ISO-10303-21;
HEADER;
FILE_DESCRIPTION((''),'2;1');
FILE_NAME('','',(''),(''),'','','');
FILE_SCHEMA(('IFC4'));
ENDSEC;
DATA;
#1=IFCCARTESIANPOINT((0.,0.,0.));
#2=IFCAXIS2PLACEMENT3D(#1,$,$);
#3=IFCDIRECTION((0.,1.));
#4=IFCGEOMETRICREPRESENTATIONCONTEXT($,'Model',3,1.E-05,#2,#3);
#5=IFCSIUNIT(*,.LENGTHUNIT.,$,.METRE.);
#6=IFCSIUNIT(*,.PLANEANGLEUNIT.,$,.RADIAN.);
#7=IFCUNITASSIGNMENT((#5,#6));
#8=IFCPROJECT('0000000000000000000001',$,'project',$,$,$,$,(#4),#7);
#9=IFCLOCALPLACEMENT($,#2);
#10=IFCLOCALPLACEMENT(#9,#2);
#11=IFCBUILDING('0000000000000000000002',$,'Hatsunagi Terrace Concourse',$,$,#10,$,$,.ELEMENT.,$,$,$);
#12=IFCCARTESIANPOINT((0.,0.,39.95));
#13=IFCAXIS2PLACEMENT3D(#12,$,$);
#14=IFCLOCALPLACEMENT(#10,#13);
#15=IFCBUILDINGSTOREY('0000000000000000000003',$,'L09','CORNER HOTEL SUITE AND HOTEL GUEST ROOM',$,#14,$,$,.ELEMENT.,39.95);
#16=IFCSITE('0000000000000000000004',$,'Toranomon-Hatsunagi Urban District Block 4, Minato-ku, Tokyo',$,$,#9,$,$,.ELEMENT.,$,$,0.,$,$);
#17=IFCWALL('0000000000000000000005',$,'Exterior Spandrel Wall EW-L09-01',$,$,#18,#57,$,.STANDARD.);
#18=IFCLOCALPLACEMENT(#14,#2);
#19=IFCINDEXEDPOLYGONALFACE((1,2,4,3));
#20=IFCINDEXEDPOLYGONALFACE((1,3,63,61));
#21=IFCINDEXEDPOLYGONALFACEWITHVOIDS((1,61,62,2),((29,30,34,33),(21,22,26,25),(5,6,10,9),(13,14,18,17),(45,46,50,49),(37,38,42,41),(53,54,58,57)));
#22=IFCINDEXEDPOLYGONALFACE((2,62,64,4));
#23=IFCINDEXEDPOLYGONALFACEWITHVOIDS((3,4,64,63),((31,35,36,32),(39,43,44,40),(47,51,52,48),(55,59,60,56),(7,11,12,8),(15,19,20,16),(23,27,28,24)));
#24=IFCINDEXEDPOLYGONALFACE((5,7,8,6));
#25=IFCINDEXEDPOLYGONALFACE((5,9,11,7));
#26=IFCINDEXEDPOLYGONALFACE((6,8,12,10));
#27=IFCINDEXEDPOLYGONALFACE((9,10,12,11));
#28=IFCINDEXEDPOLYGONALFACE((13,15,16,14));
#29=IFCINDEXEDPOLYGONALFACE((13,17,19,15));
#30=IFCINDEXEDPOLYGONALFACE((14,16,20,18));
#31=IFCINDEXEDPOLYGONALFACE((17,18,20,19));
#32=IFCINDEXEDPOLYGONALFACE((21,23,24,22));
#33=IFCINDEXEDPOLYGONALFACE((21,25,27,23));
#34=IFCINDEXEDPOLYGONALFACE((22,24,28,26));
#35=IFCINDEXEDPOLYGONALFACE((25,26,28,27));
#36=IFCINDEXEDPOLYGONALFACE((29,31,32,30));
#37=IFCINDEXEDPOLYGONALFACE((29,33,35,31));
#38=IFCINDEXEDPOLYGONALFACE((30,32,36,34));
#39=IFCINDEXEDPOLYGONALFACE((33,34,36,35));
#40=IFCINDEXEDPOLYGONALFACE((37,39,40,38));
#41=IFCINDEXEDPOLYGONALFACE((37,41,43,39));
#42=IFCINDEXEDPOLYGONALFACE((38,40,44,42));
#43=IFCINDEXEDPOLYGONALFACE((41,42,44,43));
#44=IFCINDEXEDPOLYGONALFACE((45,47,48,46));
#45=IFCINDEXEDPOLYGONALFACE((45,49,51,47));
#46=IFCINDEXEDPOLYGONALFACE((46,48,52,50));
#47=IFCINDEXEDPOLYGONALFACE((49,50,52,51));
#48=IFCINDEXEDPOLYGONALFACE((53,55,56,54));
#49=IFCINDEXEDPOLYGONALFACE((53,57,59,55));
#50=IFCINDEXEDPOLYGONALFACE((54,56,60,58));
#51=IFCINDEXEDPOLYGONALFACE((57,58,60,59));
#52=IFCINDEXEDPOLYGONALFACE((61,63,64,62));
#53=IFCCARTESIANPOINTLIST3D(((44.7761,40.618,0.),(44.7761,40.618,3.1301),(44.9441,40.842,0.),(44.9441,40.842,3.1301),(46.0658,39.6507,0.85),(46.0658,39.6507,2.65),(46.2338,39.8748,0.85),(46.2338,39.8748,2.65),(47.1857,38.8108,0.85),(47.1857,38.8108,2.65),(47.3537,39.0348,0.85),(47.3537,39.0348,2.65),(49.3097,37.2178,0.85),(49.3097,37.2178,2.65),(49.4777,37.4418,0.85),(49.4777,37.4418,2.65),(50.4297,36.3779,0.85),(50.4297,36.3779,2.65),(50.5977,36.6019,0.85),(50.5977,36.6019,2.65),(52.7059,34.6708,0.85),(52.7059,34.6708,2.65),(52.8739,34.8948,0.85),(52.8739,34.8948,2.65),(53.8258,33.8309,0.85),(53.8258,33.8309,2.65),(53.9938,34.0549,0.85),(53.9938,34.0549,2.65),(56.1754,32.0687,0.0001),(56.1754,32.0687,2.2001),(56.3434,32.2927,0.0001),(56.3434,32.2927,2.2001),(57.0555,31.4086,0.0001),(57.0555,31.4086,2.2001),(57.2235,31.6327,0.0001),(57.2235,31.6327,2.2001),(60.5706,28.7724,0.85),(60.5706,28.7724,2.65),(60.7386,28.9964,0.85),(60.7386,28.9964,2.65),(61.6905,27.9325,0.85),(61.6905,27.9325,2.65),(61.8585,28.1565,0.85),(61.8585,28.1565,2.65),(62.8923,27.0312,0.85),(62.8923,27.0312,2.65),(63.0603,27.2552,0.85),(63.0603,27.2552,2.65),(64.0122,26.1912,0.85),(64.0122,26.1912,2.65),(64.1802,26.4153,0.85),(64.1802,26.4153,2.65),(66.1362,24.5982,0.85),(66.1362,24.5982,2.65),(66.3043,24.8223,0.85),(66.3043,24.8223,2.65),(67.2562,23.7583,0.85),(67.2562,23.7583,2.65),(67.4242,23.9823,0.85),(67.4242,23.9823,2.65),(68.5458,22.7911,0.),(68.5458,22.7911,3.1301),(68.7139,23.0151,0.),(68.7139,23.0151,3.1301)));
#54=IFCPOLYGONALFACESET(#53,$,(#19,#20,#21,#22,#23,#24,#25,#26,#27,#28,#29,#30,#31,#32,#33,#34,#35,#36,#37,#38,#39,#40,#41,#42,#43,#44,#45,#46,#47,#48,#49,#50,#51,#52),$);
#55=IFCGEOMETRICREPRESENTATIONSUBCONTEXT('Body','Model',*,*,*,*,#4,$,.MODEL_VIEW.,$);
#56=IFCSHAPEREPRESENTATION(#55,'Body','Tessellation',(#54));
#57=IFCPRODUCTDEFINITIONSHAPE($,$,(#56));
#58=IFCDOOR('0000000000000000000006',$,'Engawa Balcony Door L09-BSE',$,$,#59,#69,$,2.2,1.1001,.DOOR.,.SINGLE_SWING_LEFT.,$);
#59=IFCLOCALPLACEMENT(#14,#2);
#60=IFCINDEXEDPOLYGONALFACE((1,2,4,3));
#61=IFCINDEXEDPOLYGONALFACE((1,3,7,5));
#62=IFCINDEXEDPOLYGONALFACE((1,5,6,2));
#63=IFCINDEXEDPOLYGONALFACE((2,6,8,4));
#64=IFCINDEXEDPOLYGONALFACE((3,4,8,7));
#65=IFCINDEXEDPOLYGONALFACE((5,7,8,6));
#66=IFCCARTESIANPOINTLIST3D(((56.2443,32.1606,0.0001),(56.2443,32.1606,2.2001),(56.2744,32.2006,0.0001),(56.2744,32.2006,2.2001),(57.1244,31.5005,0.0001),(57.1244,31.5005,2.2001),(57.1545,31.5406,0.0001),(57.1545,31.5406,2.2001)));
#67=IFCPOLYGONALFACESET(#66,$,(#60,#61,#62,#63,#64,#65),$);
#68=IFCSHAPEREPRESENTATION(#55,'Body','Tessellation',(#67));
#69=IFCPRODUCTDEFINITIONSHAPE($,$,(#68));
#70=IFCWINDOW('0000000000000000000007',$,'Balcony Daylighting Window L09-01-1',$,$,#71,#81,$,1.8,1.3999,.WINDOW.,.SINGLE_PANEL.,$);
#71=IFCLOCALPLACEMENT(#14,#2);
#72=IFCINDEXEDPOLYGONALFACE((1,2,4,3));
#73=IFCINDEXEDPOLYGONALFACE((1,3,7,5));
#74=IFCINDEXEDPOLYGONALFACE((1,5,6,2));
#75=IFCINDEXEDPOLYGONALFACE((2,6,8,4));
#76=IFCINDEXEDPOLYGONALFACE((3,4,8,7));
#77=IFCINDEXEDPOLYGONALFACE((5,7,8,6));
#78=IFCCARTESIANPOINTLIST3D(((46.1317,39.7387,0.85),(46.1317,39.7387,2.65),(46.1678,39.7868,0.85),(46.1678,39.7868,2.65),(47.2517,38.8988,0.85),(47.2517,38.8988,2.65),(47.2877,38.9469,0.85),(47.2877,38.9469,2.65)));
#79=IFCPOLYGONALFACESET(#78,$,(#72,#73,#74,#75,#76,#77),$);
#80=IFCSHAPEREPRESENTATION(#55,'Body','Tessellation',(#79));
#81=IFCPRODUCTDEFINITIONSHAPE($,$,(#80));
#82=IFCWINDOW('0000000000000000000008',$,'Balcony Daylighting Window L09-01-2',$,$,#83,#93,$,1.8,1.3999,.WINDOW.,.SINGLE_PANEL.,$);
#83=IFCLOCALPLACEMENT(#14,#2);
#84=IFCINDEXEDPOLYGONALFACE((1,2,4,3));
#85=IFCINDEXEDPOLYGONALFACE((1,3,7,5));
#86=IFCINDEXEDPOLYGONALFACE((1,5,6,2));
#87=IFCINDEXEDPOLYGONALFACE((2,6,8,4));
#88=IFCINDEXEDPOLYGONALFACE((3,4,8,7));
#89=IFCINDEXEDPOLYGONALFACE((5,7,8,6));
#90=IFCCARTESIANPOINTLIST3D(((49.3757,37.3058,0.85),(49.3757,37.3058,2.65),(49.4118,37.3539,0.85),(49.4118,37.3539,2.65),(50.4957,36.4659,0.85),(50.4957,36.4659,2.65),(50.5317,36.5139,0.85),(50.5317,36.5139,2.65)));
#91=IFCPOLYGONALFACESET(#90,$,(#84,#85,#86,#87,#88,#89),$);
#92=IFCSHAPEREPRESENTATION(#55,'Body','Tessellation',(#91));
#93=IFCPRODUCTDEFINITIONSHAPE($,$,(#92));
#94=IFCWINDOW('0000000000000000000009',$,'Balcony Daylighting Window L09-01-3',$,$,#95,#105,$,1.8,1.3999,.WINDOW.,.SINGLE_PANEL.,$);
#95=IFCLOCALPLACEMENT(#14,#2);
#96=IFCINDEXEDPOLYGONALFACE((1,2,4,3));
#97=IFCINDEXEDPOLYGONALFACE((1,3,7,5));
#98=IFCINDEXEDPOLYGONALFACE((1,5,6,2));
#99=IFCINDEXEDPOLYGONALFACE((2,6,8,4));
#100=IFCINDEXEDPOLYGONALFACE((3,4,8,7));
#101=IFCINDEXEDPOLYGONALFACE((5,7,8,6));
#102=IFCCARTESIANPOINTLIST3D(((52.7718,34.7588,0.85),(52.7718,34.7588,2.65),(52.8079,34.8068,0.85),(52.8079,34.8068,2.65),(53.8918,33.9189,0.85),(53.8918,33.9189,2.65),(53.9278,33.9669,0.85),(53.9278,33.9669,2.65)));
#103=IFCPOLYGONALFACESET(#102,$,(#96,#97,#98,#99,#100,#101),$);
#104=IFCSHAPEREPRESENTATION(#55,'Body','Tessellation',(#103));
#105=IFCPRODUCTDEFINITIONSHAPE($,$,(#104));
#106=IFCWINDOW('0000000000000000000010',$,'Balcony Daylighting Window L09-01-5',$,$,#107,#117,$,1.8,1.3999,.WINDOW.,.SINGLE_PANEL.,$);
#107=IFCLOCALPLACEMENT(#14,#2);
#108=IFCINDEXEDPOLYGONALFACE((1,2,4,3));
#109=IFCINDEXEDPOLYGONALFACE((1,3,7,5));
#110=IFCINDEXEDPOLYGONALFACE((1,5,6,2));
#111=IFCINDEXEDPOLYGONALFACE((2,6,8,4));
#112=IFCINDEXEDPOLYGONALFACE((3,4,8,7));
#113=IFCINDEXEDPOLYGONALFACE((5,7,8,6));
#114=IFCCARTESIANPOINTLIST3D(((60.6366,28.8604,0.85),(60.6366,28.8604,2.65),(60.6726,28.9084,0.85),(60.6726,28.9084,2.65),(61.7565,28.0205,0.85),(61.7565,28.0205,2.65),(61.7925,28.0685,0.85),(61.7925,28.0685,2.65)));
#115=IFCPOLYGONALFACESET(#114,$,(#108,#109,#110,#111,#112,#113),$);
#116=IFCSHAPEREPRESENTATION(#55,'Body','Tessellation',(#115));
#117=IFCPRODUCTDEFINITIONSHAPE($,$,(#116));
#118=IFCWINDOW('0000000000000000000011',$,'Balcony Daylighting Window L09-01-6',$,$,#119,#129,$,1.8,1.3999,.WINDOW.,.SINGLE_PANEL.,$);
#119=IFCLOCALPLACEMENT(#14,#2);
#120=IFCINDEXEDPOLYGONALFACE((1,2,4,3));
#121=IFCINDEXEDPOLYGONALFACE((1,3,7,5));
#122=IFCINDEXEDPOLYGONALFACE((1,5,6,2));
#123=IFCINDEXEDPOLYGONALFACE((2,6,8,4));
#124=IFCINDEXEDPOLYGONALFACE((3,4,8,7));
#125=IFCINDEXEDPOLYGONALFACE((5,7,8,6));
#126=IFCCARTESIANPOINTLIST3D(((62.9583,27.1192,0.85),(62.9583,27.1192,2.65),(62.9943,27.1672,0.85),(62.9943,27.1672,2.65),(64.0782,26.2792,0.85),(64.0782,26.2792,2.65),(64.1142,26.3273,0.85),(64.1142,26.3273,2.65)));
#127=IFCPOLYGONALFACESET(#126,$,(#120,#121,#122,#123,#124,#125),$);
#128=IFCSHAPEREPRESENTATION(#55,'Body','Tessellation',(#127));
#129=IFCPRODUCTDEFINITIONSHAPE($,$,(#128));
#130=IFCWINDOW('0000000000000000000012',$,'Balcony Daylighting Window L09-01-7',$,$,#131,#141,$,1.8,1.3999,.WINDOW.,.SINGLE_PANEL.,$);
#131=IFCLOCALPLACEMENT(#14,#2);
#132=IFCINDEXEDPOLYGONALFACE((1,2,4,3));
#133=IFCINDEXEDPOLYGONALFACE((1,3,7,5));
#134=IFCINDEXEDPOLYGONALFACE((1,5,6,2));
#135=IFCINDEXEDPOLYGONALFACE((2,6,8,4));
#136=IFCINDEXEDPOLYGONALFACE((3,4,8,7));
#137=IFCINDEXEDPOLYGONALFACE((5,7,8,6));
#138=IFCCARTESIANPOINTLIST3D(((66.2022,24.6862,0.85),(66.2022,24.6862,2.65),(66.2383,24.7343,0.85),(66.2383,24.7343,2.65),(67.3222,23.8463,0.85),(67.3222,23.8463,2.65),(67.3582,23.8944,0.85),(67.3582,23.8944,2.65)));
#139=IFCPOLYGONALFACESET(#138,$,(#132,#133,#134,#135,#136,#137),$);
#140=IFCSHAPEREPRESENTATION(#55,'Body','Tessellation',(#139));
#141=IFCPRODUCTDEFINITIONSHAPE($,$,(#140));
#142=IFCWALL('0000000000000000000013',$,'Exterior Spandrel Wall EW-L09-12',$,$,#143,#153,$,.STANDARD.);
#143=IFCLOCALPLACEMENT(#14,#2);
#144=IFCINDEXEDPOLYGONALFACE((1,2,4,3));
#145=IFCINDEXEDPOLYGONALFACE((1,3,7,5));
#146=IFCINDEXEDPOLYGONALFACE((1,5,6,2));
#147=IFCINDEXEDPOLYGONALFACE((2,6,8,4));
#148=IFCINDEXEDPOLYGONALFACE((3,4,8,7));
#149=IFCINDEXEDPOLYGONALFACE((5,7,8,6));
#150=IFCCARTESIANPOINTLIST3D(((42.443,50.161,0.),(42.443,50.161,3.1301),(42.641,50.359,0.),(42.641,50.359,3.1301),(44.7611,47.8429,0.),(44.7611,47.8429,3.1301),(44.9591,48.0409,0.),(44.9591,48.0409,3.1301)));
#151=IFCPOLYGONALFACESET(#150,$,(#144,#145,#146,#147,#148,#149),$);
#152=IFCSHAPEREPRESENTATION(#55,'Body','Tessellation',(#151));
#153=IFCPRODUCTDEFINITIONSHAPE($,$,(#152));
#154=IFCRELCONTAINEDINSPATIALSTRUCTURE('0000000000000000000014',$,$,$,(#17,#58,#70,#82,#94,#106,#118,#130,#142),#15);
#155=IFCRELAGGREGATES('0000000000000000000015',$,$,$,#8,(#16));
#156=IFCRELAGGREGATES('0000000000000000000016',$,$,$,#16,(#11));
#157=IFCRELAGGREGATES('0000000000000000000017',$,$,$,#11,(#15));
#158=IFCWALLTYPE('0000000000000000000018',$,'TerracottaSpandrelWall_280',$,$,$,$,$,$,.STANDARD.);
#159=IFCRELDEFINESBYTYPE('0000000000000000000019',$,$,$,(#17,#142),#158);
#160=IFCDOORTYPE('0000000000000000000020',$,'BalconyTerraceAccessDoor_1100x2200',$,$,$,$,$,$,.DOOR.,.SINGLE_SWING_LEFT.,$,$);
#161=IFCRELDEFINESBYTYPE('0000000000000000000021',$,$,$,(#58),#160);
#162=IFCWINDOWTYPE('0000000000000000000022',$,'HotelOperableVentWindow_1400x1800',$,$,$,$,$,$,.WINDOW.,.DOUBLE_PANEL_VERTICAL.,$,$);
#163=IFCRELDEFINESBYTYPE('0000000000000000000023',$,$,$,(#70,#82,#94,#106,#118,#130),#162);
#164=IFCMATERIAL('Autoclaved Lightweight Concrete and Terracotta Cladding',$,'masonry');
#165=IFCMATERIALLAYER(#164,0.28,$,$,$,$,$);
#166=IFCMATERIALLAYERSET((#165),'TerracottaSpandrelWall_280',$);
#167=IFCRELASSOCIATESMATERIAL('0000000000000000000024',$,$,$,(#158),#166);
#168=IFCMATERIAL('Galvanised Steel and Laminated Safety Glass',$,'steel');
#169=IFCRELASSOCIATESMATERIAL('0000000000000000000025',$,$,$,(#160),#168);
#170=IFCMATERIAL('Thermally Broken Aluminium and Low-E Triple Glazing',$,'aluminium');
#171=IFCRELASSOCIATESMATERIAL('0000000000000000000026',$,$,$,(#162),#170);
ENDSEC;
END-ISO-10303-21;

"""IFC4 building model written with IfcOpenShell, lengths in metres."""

from ifc_helpers import new_model, si_unit, direction, frame, frame_2d, origin, place, context, subcontext, project, spatial, rectangle, extrude, material, layer, layer_set, type_object, element, fill, save


model = new_model("IFC4")

# Units and contexts
model_context = context("Model", 3, precision=1e-05, world=origin(), true_north=direction((0.0, 1.0)))
body_context = subcontext(model_context, "Body", "Model", "MODEL_VIEW")
ifc_project = project(units=[si_unit("LENGTHUNIT", "METRE"), si_unit("PLANEANGLEUNIT", "RADIAN")], contexts=[model_context])

# Site, building, storey
site_placement = place(None, origin())
site = spatial("IfcSite", under=ifc_project, at=site_placement, Name="Toranomon-Hatsunagi Urban District Block 4, Minato-ku, Tokyo", CompositionType="ELEMENT", RefElevation=0.0)
building_placement = place(site_placement, origin())
building = spatial("IfcBuilding", under=site, at=building_placement, Name="Hatsunagi Terrace Concourse", CompositionType="ELEMENT")
storey_placement = place(building_placement, frame((0.0, 0.0, 39.95)))
storey = spatial("IfcBuildingStorey", under=building, at=storey_placement, Name="L09", Description="CORNER HOTEL SUITE AND HOTEL GUEST ROOM", CompositionType="ELEMENT", Elevation=39.95)

# Wall, openings, door, windows
ifc_material_1 = material(Name="Autoclaved Lightweight Concrete and Terracotta Cladding", Category="masonry")
ifc_layer_1 = layer(ifc_material_1, 0.28)
ifc_layer_set_1 = layer_set([ifc_layer_1], Name="TerracottaSpandrelWall_280")
wall_type_1 = type_object("IfcWallType", Name="TerracottaSpandrelWall_280", PredefinedType="STANDARD", material=ifc_layer_set_1)
wall_1_placement = place(storey_placement, frame((44.8601, 40.73, 0.0), z_axis=(0.0, 0.0, 1.0), x_axis=(0.800007, -0.599991, 0.0)))
wall_1 = element("IfcWall", 1, at=wall_1_placement, inside=storey, type_object=wall_type_1, Name="Exterior Spandrel Wall EW-L09-01", PredefinedType="STANDARD", context=body_context, shape_type="SweptSolid", body=[
    extrude(rectangle(XDim=29.7119, YDim=0.28, at=frame_2d((14.856, 0.0))), origin(), (0.0, 0.0, 1.0), 3.1301),
])
opening_1_placement = place(wall_1_placement, frame((14.249, 0.0, 0.0)))
opening_1 = element("IfcOpeningElement", 2, at=opening_1_placement, cuts=wall_1, PredefinedType="OPENING", context=body_context, shape_type="SweptSolid", body=[
    extrude(rectangle(XDim=1.1001, YDim=2.2, at=frame_2d((0.55, 1.1001))), frame((0.0, 0.1499, 0.0), z_axis=(0.0, -1.0, 0.0), x_axis=(1.0, 0.0, 0.0)), (0.0, 0.0, 1.0), 0.3),
])
opening_2_placement = place(wall_1_placement, frame((1.6121, 0.0, 0.8501)))
opening_2 = element("IfcOpeningElement", 3, at=opening_2_placement, cuts=wall_1, PredefinedType="OPENING", context=body_context, shape_type="SweptSolid", body=[
    extrude(rectangle(XDim=1.3999, YDim=1.8, at=frame_2d((0.7, 0.8999))), frame((0.0, 0.1499, 0.0), z_axis=(0.0, -1.0, 0.0), x_axis=(1.0, 0.0, 0.0)), (0.0, 0.0, 1.0), 0.3),
])
opening_3_placement = place(wall_1_placement, frame((5.667, 0.0, 0.8501)))
opening_3 = element("IfcOpeningElement", 4, at=opening_3_placement, cuts=wall_1, PredefinedType="OPENING", context=body_context, shape_type="SweptSolid", body=[
    extrude(rectangle(XDim=1.3999, YDim=1.8, at=frame_2d((0.7, 0.8999))), frame((0.0, 0.1499, 0.0), z_axis=(0.0, -1.0, 0.0), x_axis=(1.0, 0.0, 0.0)), (0.0, 0.0, 1.0), 0.3),
])
opening_4_placement = place(wall_1_placement, frame((9.9121, 0.0, 0.8501)))
opening_4 = element("IfcOpeningElement", 5, at=opening_4_placement, cuts=wall_1, PredefinedType="OPENING", context=body_context, shape_type="SweptSolid", body=[
    extrude(rectangle(XDim=1.3999, YDim=1.8, at=frame_2d((0.7, 0.8999))), frame((0.0, 0.1499, 0.0), z_axis=(0.0, -1.0, 0.0), x_axis=(1.0, 0.0, 0.0)), (0.0, 0.0, 1.0), 0.3),
])
opening_5_placement = place(wall_1_placement, frame((19.7429, 0.0, 0.8501)))
opening_5 = element("IfcOpeningElement", 6, at=opening_5_placement, cuts=wall_1, PredefinedType="OPENING", context=body_context, shape_type="SweptSolid", body=[
    extrude(rectangle(XDim=1.3999, YDim=1.8, at=frame_2d((0.7, 0.8999))), frame((0.0, 0.1499, 0.0), z_axis=(0.0, -1.0, 0.0), x_axis=(1.0, 0.0, 0.0)), (0.0, 0.0, 1.0), 0.3),
])
opening_6_placement = place(wall_1_placement, frame((22.645, 0.0, 0.8501)))
opening_6 = element("IfcOpeningElement", 7, at=opening_6_placement, cuts=wall_1, PredefinedType="OPENING", context=body_context, shape_type="SweptSolid", body=[
    extrude(rectangle(XDim=1.3999, YDim=1.8, at=frame_2d((0.7, 0.8999))), frame((0.0, 0.1499, 0.0), z_axis=(0.0, -1.0, 0.0), x_axis=(1.0, 0.0, 0.0)), (0.0, 0.0, 1.0), 0.3),
])
opening_7_placement = place(wall_1_placement, frame((26.7, 0.0, 0.8501)))
opening_7 = element("IfcOpeningElement", 8, at=opening_7_placement, cuts=wall_1, PredefinedType="OPENING", context=body_context, shape_type="SweptSolid", body=[
    extrude(rectangle(XDim=1.3999, YDim=1.8, at=frame_2d((0.7, 0.8999))), frame((0.0, 0.1499, 0.0), z_axis=(0.0, -1.0, 0.0), x_axis=(1.0, 0.0, 0.0)), (0.0, 0.0, 1.0), 0.3),
])
ifc_material_2 = material(Name="Galvanised Steel and Laminated Safety Glass", Category="steel")
door_type = type_object("IfcDoorType", Name="BalconyTerraceAccessDoor_1100x2200", OperationType="SINGLE_SWING_LEFT", PredefinedType="DOOR", material=ifc_material_2)
door_placement = place(opening_1_placement, origin())
door = element("IfcDoor", 9, at=door_placement, inside=storey, type_object=door_type, Name="Engawa Balcony Door L09-BSE", OperationType="SINGLE_SWING_LEFT", OverallHeight=2.2, OverallWidth=1.1001, PredefinedType="DOOR", context=body_context, shape_type="SweptSolid", body=[
    extrude(rectangle(XDim=1.1001, YDim=2.2, at=frame_2d((0.55, 1.1001))), frame((0.0, 0.0249, 0.0), z_axis=(0.0, -1.0, 0.0), x_axis=(1.0, 0.0, 0.0)), (0.0, 0.0, 1.0), 0.05),
])
fill(opening_1, door)
ifc_material_3 = material(Name="Thermally Broken Aluminium and Low-E Triple Glazing", Category="aluminium")
window_type = type_object("IfcWindowType", Name="HotelOperableVentWindow_1400x1800", PartitioningType="DOUBLE_PANEL_VERTICAL", PredefinedType="WINDOW", material=ifc_material_3)
window_1_placement = place(opening_2_placement, origin())
window_1 = element("IfcWindow", 10, at=window_1_placement, inside=storey, type_object=window_type, Name="Balcony Daylighting Window L09-01-1", OverallHeight=1.8, OverallWidth=1.3999, PartitioningType="SINGLE_PANEL", PredefinedType="WINDOW", context=body_context, shape_type="SweptSolid", body=[
    extrude(rectangle(XDim=1.3999, YDim=1.8, at=frame_2d((0.7, 0.8999))), frame((0.0, 0.03, 0.0), z_axis=(0.0, -1.0, 0.0), x_axis=(1.0, 0.0, 0.0)), (0.0, 0.0, 1.0), 0.0601),
])
fill(opening_2, window_1)
window_2_placement = place(opening_3_placement, origin())
window_2 = element("IfcWindow", 11, at=window_2_placement, inside=storey, type_object=window_type, Name="Balcony Daylighting Window L09-01-2", OverallHeight=1.8, OverallWidth=1.3999, PartitioningType="SINGLE_PANEL", PredefinedType="WINDOW", context=body_context, shape_type="SweptSolid", body=[
    extrude(rectangle(XDim=1.3999, YDim=1.8, at=frame_2d((0.7, 0.8999))), frame((0.0, 0.03, 0.0), z_axis=(0.0, -1.0, 0.0), x_axis=(1.0, 0.0, 0.0)), (0.0, 0.0, 1.0), 0.0601),
])
fill(opening_3, window_2)
window_3_placement = place(opening_4_placement, origin())
window_3 = element("IfcWindow", 12, at=window_3_placement, inside=storey, type_object=window_type, Name="Balcony Daylighting Window L09-01-3", OverallHeight=1.8, OverallWidth=1.3999, PartitioningType="SINGLE_PANEL", PredefinedType="WINDOW", context=body_context, shape_type="SweptSolid", body=[
    extrude(rectangle(XDim=1.3999, YDim=1.8, at=frame_2d((0.7, 0.8999))), frame((0.0, 0.03, 0.0), z_axis=(0.0, -1.0, 0.0), x_axis=(1.0, 0.0, 0.0)), (0.0, 0.0, 1.0), 0.0601),
])
fill(opening_4, window_3)
window_4_placement = place(opening_5_placement, origin())
window_4 = element("IfcWindow", 13, at=window_4_placement, inside=storey, type_object=window_type, Name="Balcony Daylighting Window L09-01-5", OverallHeight=1.8, OverallWidth=1.3999, PartitioningType="SINGLE_PANEL", PredefinedType="WINDOW", context=body_context, shape_type="SweptSolid", body=[
    extrude(rectangle(XDim=1.3999, YDim=1.8, at=frame_2d((0.7, 0.8999))), frame((0.0, 0.03, 0.0), z_axis=(0.0, -1.0, 0.0), x_axis=(1.0, 0.0, 0.0)), (0.0, 0.0, 1.0), 0.0601),
])
fill(opening_5, window_4)
window_5_placement = place(opening_6_placement, origin())
window_5 = element("IfcWindow", 14, at=window_5_placement, inside=storey, type_object=window_type, Name="Balcony Daylighting Window L09-01-6", OverallHeight=1.8, OverallWidth=1.3999, PartitioningType="SINGLE_PANEL", PredefinedType="WINDOW", context=body_context, shape_type="SweptSolid", body=[
    extrude(rectangle(XDim=1.3999, YDim=1.8, at=frame_2d((0.7, 0.8999))), frame((0.0, 0.03, 0.0), z_axis=(0.0, -1.0, 0.0), x_axis=(1.0, 0.0, 0.0)), (0.0, 0.0, 1.0), 0.0601),
])
fill(opening_6, window_5)
window_6_placement = place(opening_7_placement, origin())
window_6 = element("IfcWindow", 15, at=window_6_placement, inside=storey, type_object=window_type, Name="Balcony Daylighting Window L09-01-7", OverallHeight=1.8, OverallWidth=1.3999, PartitioningType="SINGLE_PANEL", PredefinedType="WINDOW", context=body_context, shape_type="SweptSolid", body=[
    extrude(rectangle(XDim=1.3999, YDim=1.8, at=frame_2d((0.7, 0.8999))), frame((0.0, 0.03, 0.0), z_axis=(0.0, -1.0, 0.0), x_axis=(1.0, 0.0, 0.0)), (0.0, 0.0, 1.0), 0.0601),
])
fill(opening_7, window_6)

# Wall
wall_2_placement = place(storey_placement, frame((42.542, 50.26, 0.0), z_axis=(0.0, 0.0, 1.0), x_axis=(0.707107, -0.707107, 0.0)))
element("IfcWall", 16, at=wall_2_placement, inside=storey, type_object=wall_type_1, Name="Exterior Spandrel Wall EW-L09-12", PredefinedType="STANDARD", context=body_context, shape_type="SweptSolid", body=[
    extrude(rectangle(XDim=3.2783, YDim=0.28, at=frame_2d((1.6392, 0.0))), origin(), (0.0, 0.0, 1.0), 3.1301),
])

save(model, "model.ifc")
